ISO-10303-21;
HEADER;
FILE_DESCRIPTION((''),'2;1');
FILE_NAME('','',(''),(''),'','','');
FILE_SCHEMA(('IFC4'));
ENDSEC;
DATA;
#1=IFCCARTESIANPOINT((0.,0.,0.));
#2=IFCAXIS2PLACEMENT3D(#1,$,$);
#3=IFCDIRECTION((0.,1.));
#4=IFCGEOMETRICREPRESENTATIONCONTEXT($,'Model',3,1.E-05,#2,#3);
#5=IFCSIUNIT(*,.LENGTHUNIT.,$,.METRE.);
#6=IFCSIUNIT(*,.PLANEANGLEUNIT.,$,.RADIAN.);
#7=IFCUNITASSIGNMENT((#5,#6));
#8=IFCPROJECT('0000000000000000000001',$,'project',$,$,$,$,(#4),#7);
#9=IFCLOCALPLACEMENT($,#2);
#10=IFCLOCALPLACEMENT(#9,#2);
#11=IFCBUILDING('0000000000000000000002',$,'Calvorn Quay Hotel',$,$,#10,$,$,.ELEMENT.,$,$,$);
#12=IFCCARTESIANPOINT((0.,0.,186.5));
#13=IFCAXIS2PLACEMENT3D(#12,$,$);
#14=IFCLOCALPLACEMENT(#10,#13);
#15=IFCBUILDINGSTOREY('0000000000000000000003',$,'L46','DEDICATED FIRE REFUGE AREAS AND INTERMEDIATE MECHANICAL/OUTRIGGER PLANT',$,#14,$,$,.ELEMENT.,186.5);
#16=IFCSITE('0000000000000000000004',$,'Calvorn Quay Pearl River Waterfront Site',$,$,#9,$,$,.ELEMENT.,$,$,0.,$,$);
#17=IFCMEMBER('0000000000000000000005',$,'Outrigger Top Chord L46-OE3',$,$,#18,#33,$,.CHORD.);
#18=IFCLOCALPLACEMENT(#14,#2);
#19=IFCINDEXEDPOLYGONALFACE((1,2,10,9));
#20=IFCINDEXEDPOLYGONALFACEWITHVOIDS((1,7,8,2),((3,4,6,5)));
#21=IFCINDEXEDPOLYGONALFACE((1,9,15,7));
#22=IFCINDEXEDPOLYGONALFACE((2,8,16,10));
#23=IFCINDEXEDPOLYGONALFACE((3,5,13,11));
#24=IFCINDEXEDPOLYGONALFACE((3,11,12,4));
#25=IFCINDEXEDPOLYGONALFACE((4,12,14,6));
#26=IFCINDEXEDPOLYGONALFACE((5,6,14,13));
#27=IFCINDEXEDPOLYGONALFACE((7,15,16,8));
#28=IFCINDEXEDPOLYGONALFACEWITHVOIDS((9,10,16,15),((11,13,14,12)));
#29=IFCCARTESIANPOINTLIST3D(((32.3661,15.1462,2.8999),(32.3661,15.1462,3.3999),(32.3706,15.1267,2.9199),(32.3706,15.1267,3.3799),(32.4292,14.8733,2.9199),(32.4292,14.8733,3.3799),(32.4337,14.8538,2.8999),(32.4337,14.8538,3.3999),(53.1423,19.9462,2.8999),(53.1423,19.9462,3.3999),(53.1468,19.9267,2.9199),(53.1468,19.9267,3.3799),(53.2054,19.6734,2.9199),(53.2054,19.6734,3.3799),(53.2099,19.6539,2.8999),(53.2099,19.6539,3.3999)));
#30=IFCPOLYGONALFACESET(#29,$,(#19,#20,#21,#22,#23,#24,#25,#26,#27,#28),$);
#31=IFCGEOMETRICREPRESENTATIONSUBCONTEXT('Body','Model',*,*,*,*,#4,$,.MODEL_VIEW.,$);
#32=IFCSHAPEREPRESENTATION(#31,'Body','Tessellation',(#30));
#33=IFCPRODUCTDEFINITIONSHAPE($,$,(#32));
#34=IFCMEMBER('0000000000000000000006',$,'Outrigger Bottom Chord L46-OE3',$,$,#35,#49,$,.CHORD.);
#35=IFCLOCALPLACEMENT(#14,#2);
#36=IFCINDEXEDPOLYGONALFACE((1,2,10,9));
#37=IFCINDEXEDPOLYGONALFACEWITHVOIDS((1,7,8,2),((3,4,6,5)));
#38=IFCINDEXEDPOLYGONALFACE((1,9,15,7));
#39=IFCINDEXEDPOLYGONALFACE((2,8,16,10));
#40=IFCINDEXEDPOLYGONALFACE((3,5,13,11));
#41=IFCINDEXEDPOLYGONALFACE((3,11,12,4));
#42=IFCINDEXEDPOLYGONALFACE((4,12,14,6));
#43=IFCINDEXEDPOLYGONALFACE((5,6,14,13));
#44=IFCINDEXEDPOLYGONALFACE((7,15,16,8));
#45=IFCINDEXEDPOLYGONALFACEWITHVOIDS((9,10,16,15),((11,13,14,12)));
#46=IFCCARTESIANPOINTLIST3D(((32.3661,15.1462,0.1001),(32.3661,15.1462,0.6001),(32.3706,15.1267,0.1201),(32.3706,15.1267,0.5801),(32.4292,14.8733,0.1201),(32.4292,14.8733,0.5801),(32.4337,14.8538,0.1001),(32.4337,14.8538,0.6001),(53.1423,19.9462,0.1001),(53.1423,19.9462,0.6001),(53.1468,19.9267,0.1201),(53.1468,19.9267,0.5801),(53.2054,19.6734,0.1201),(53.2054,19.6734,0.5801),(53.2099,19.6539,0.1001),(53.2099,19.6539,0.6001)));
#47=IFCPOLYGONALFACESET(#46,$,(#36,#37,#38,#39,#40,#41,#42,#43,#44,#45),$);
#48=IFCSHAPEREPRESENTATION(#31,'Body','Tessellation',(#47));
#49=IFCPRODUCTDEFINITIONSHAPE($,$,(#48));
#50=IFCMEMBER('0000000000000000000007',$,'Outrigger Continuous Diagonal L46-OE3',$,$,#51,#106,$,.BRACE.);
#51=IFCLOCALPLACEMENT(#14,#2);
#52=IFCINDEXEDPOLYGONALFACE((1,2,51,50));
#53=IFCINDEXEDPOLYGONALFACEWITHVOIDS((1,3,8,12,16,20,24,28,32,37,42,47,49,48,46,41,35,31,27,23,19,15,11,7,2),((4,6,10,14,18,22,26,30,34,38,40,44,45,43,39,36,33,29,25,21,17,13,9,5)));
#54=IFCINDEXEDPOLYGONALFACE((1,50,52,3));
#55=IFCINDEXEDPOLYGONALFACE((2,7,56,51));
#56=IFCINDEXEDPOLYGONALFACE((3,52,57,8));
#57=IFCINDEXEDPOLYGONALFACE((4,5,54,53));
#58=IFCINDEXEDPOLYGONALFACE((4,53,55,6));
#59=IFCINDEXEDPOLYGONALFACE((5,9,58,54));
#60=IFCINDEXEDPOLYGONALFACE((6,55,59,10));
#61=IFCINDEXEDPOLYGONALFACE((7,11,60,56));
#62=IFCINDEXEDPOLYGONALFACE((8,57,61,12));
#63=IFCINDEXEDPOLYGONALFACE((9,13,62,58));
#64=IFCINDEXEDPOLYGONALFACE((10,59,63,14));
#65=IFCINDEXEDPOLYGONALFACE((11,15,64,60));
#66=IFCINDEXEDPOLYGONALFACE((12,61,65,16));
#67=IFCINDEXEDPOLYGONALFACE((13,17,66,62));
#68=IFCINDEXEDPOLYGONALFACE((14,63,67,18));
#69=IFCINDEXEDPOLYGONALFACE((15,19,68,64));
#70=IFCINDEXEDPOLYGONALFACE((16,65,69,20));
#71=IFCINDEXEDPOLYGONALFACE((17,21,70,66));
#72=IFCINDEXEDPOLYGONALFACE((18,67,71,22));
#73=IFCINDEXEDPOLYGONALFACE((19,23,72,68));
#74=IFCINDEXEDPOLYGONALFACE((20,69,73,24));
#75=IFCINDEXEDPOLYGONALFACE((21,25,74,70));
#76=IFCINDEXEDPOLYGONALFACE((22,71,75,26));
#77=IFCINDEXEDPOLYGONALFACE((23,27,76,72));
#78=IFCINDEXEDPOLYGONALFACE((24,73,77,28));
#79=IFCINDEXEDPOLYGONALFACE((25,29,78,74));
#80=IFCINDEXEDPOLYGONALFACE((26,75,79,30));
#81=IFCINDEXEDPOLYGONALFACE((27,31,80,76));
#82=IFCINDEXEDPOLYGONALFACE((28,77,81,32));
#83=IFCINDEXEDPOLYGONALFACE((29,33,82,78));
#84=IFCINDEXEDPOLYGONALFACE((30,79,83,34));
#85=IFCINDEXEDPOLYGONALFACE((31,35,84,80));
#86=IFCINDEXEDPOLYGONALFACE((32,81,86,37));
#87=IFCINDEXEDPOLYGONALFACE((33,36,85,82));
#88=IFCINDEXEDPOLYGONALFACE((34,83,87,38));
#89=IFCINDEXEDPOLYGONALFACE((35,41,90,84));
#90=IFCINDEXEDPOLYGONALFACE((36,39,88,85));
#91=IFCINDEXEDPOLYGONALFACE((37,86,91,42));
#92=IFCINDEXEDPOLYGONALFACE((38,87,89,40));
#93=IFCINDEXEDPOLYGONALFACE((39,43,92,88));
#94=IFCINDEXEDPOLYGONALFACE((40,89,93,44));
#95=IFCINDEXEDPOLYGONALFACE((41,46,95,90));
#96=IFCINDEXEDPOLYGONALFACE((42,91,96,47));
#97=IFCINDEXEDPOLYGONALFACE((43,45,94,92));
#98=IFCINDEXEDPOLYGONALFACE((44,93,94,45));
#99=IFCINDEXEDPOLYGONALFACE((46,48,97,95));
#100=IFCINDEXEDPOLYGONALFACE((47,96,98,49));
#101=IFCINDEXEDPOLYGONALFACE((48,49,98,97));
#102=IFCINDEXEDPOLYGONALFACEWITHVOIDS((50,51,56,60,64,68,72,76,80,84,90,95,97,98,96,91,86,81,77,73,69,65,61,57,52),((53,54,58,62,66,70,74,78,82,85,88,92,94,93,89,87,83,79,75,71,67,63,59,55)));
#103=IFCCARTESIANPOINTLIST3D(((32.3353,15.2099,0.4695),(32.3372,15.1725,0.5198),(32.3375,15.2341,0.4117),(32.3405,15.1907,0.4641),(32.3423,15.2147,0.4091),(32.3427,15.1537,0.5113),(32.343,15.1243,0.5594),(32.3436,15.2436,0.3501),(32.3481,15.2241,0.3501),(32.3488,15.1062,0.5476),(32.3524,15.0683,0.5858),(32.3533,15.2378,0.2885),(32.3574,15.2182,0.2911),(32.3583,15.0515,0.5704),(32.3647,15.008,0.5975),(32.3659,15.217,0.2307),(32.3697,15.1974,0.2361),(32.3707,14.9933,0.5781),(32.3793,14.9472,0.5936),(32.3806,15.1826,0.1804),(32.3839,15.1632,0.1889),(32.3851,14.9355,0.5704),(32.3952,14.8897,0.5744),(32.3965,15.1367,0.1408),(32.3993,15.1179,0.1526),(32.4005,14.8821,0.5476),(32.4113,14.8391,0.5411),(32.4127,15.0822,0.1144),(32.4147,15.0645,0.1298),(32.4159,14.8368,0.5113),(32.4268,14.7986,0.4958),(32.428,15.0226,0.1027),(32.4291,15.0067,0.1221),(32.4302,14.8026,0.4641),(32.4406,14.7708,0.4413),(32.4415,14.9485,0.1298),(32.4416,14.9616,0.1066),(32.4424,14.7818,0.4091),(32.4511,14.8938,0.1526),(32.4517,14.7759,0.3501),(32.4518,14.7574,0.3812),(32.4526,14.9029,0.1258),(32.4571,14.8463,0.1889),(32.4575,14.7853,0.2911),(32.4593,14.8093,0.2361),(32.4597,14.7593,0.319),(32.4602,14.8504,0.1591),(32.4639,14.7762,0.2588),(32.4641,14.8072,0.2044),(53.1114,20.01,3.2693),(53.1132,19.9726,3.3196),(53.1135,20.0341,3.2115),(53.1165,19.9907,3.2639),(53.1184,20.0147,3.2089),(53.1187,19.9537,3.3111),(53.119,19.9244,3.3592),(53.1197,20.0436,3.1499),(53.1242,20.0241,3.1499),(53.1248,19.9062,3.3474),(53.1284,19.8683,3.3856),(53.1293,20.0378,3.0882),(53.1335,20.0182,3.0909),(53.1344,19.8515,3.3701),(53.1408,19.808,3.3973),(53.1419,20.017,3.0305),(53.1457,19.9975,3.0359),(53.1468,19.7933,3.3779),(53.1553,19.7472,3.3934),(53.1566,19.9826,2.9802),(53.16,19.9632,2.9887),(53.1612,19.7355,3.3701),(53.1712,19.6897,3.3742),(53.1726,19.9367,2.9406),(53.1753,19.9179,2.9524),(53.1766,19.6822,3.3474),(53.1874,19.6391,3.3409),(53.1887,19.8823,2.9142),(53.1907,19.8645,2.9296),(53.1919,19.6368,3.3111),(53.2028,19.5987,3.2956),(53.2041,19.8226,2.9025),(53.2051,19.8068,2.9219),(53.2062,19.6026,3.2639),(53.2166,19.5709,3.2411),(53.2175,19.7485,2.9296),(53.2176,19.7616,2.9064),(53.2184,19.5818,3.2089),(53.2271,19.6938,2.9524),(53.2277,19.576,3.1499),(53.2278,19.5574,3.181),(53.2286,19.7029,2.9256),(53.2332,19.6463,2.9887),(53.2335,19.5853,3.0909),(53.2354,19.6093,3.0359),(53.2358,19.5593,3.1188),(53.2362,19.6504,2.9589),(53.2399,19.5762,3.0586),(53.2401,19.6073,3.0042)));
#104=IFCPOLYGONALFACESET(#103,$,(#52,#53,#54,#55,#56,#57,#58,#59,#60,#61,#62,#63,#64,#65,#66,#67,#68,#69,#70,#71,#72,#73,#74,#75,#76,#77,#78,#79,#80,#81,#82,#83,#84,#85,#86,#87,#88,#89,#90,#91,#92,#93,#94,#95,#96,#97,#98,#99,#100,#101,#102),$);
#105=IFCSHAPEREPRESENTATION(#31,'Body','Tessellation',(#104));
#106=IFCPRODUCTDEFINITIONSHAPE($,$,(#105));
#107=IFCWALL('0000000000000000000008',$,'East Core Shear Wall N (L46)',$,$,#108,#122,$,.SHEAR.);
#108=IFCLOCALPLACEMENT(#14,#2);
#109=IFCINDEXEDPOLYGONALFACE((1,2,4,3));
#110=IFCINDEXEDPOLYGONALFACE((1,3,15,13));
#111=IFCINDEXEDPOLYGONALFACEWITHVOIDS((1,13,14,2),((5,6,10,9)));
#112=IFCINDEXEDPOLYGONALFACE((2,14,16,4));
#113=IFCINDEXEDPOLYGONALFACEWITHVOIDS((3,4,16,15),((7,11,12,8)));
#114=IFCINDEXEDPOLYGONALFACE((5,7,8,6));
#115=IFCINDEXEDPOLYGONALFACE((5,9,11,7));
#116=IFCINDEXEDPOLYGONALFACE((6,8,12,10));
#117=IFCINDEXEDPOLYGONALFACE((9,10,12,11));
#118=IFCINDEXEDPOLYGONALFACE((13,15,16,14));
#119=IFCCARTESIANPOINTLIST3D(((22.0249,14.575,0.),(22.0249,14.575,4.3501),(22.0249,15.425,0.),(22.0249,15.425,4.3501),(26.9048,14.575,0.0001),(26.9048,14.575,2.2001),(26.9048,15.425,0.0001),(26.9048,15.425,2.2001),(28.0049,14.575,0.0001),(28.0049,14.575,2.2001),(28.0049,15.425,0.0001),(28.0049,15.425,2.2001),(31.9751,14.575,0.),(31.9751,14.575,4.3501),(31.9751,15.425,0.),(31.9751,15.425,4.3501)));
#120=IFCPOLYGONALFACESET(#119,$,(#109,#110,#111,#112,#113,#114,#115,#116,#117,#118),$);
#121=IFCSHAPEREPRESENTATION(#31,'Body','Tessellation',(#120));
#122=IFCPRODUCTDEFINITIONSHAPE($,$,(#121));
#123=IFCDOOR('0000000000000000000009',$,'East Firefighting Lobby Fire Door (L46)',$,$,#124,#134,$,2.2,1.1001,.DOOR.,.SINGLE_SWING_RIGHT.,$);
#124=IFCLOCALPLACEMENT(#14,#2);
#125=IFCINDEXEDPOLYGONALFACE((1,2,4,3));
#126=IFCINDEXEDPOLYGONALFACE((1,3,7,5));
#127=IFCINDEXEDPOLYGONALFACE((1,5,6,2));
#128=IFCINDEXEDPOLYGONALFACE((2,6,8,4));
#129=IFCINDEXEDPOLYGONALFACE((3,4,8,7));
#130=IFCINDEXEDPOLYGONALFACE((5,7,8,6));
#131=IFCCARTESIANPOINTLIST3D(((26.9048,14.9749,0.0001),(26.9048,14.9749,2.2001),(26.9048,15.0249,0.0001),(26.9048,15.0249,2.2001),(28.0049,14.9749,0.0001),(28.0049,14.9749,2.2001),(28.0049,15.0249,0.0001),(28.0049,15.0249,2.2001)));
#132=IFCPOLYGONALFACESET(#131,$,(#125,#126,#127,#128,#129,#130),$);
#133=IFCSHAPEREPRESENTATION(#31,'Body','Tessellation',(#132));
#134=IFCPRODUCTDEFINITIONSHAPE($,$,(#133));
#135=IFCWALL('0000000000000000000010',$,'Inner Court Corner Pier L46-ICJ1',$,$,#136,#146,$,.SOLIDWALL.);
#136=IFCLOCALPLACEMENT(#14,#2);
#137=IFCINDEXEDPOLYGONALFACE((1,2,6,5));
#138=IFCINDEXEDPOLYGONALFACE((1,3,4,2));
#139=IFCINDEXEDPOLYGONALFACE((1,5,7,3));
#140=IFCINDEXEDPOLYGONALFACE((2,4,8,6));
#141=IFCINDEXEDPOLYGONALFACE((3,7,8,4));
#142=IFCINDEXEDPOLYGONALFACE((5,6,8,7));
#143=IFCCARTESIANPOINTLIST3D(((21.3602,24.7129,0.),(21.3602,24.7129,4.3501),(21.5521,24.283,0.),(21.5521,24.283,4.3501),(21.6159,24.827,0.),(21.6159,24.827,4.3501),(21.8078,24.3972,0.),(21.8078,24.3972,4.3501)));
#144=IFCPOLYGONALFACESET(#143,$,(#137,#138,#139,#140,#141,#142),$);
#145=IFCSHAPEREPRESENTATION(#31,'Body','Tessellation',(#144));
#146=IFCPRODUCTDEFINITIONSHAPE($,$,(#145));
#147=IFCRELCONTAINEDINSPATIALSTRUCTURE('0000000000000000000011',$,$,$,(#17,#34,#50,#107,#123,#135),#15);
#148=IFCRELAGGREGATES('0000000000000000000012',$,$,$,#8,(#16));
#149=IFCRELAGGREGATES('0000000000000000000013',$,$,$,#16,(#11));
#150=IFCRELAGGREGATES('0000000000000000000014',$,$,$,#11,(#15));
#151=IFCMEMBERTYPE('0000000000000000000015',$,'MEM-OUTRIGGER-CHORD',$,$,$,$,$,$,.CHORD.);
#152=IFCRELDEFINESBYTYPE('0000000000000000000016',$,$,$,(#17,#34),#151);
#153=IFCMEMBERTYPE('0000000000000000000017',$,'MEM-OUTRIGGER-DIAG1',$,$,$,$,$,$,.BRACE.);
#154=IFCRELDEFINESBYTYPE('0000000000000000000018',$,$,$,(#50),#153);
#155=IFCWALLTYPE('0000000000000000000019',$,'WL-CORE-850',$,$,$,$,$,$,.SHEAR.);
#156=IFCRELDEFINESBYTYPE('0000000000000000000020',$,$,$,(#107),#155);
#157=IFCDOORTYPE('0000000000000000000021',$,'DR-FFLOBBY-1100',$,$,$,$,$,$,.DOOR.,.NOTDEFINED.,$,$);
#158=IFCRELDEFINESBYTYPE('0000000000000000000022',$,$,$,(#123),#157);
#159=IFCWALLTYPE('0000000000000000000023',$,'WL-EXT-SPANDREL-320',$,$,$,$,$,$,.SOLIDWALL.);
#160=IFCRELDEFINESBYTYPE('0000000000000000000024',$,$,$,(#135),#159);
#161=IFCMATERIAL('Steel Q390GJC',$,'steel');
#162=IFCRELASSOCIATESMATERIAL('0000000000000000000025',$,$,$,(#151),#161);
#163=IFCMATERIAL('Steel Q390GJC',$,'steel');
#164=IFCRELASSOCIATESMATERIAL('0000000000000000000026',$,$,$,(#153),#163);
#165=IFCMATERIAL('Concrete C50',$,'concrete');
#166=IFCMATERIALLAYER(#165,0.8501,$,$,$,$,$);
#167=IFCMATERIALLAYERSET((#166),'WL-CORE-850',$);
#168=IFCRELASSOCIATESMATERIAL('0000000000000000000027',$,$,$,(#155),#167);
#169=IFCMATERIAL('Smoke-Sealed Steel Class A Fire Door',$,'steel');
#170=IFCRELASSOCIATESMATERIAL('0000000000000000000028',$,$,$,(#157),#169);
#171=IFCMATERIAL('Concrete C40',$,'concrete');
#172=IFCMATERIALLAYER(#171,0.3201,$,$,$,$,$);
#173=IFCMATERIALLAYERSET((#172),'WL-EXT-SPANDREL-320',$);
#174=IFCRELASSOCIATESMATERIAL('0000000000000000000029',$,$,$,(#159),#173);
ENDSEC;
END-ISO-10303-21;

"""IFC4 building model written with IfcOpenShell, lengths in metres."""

from ifc_helpers import new_model, si_unit, direction, frame, frame_2d, origin, origin_2d, place, context, subcontext, project, spatial, rectangle, hollow_rectangle, hollow_circle, extrude, material, layer, layer_set, material_profile, profile_set, type_object, element, fill, save


model = new_model("IFC4")

# Units and contexts
model_context = context("Model", 3, precision=1e-05, world=origin(), true_north=direction((0.0, 1.0)))
body_context = subcontext(model_context, "Body", "Model", "MODEL_VIEW")
ifc_project = project(units=[si_unit("LENGTHUNIT", "METRE"), si_unit("PLANEANGLEUNIT", "RADIAN")], contexts=[model_context])

# Site, building, storey
site_placement = place(None, origin())
site = spatial("IfcSite", under=ifc_project, at=site_placement, Name="Calvorn Quay Pearl River Waterfront Site", CompositionType="ELEMENT", RefElevation=0.0)
building_placement = place(site_placement, origin())
building = spatial("IfcBuilding", under=site, at=building_placement, Name="Calvorn Quay Hotel", CompositionType="ELEMENT")
storey_placement = place(building_placement, frame((0.0, 0.0, 186.5)))
storey = spatial("IfcBuildingStorey", under=building, at=storey_placement, Name="L46", Description="DEDICATED FIRE REFUGE AREAS AND INTERMEDIATE MECHANICAL/OUTRIGGER PLANT", CompositionType="ELEMENT", Elevation=186.5)

# Members
ifc_material_1 = material(Name="Steel Q390GJC", Category="steel")
ifc_material_profile_1 = material_profile(ifc_material_1, hollow_rectangle(XDim=0.3, YDim=0.5, WallThickness=0.02, at=origin_2d()), Name="RHS500x300x20")
ifc_profile_set_1 = profile_set([ifc_material_profile_1], Name="Steel Q390GJC")
member_type_1 = type_object("IfcMemberType", Name="MEM-OUTRIGGER-CHORD", PredefinedType="CHORD", material=ifc_profile_set_1)
for number, where, z_axis, x_axis, name in (
    (1, (32.3999, 15.0, 3.1499), (0.974334, 0.225107, 0.0), (-0.225107, 0.974334, 0.0), "Outrigger Top Chord L46-OE3"),
    (2, (32.3999, 15.0, 0.3501), (0.974334, 0.225107, 0.0), (-0.225107, 0.974334, 0.0), "Outrigger Bottom Chord L46-OE3"),
):
    element("IfcMember", number, at=place(storey_placement, frame(where, z_axis=z_axis, x_axis=x_axis)), inside=storey, type_object=member_type_1, Name=name, PredefinedType="CHORD", context=body_context, shape_type="SweptSolid", body=[
        extrude(hollow_rectangle(XDim=0.3, YDim=0.5, WallThickness=0.02, at=origin_2d()), origin(), (0.0, 0.0, 1.0), 21.3235),
    ])
ifc_material_2 = material(Name="Steel Q390GJC", Category="steel")
ifc_material_profile_2 = material_profile(ifc_material_2, hollow_circle(Radius=0.25, WallThickness=0.02, at=origin_2d()), Name="CHS500x20")
ifc_profile_set_2 = profile_set([ifc_material_profile_2], Name="Steel Q390GJC")
member_type_2 = type_object("IfcMemberType", Name="MEM-OUTRIGGER-DIAG1", PredefinedType="BRACE", material=ifc_profile_set_2)
member_1_placement = place(storey_placement, frame((32.3999, 15.0, 0.3501), z_axis=(0.966042, 0.223191, 0.130185), x_axis=(-0.225107, 0.974334, 0.0)))
element("IfcMember", 3, at=member_1_placement, inside=storey, type_object=member_type_2, Name="Outrigger Continuous Diagonal L46-OE3", PredefinedType="BRACE", context=body_context, shape_type="SweptSolid", body=[
    extrude(hollow_circle(Radius=0.25, WallThickness=0.02, at=origin_2d()), origin(), (0.0, 0.0, 1.0), 21.5063),
])

# Wall, opening, door
ifc_material_3 = material(Name="Concrete C50", Category="concrete")
ifc_layer_1 = layer(ifc_material_3, 0.8501)
ifc_layer_set_1 = layer_set([ifc_layer_1], Name="WL-CORE-850")
wall_type_1 = type_object("IfcWallType", Name="WL-CORE-850", PredefinedType="SHEAR", material=ifc_layer_set_1)
wall_1_placement = place(storey_placement, frame((22.0249, 15.0, 0.0), z_axis=(0.0, 0.0, 1.0), x_axis=(1.0, 0.0, 0.0)))
wall_1 = element("IfcWall", 4, at=wall_1_placement, inside=storey, type_object=wall_type_1, Name="East Core Shear Wall N (L46)", PredefinedType="SHEAR", context=body_context, shape_type="SweptSolid", body=[
    extrude(rectangle(XDim=9.9502, YDim=0.8501, at=frame_2d((4.9751, 0.0))), origin(), (0.0, 0.0, 1.0), 4.3501),
])
opening_1_placement = place(wall_1_placement, frame((4.8799, 0.0, 0.0)))
opening_1 = element("IfcOpeningElement", 5, at=opening_1_placement, cuts=wall_1, PredefinedType="OPENING", context=body_context, shape_type="SweptSolid", body=[
    extrude(rectangle(XDim=1.1001, YDim=2.2, at=frame_2d((0.55, 1.1001))), frame((0.0, 0.4351, 0.0), z_axis=(0.0, -1.0, 0.0), x_axis=(1.0, 0.0, 0.0)), (0.0, 0.0, 1.0), 0.8701),
])
ifc_material_4 = material(Name="Smoke-Sealed Steel Class A Fire Door", Category="steel")
door_type_1 = type_object("IfcDoorType", Name="DR-FFLOBBY-1100", OperationType="NOTDEFINED", PredefinedType="DOOR", material=ifc_material_4)
door_1_placement = place(opening_1_placement, origin())
door_1 = element("IfcDoor", 6, at=door_1_placement, inside=storey, type_object=door_type_1, Name="East Firefighting Lobby Fire Door (L46)", OperationType="SINGLE_SWING_RIGHT", OverallHeight=2.2, OverallWidth=1.1001, PredefinedType="DOOR", context=body_context, shape_type="SweptSolid", body=[
    extrude(rectangle(XDim=1.1001, YDim=2.2, at=frame_2d((0.55, 1.1001))), frame((0.0, 0.0249, 0.0), z_axis=(0.0, -1.0, 0.0), x_axis=(1.0, 0.0, 0.0)), (0.0, 0.0, 1.0), 0.05),
])
fill(opening_1, door_1)

# Wall
ifc_material_5 = material(Name="Concrete C40", Category="concrete")
ifc_layer_2 = layer(ifc_material_5, 0.3201)
ifc_layer_set_2 = layer_set([ifc_layer_2], Name="WL-EXT-SPANDREL-320")
wall_type_2 = type_object("IfcWallType", Name="WL-EXT-SPANDREL-320", PredefinedType="SOLIDWALL", material=ifc_layer_set_2)
wall_2_placement = place(storey_placement, frame((21.6799, 24.3401, 0.0), z_axis=(0.0, 0.0, 1.0), x_axis=(-0.407581, 0.913169, 0.0)))
element("IfcWall", 7, at=wall_2_placement, inside=storey, type_object=wall_type_2, Name="Inner Court Corner Pier L46-ICJ1", PredefinedType="SOLIDWALL", context=body_context, shape_type="SweptSolid", body=[
    extrude(rectangle(XDim=0.4707, YDim=0.28, at=frame_2d((0.2354, 0.0))), origin(), (0.0, 0.0, 1.0), 4.3501),
])

save(model, "model.ifc")
